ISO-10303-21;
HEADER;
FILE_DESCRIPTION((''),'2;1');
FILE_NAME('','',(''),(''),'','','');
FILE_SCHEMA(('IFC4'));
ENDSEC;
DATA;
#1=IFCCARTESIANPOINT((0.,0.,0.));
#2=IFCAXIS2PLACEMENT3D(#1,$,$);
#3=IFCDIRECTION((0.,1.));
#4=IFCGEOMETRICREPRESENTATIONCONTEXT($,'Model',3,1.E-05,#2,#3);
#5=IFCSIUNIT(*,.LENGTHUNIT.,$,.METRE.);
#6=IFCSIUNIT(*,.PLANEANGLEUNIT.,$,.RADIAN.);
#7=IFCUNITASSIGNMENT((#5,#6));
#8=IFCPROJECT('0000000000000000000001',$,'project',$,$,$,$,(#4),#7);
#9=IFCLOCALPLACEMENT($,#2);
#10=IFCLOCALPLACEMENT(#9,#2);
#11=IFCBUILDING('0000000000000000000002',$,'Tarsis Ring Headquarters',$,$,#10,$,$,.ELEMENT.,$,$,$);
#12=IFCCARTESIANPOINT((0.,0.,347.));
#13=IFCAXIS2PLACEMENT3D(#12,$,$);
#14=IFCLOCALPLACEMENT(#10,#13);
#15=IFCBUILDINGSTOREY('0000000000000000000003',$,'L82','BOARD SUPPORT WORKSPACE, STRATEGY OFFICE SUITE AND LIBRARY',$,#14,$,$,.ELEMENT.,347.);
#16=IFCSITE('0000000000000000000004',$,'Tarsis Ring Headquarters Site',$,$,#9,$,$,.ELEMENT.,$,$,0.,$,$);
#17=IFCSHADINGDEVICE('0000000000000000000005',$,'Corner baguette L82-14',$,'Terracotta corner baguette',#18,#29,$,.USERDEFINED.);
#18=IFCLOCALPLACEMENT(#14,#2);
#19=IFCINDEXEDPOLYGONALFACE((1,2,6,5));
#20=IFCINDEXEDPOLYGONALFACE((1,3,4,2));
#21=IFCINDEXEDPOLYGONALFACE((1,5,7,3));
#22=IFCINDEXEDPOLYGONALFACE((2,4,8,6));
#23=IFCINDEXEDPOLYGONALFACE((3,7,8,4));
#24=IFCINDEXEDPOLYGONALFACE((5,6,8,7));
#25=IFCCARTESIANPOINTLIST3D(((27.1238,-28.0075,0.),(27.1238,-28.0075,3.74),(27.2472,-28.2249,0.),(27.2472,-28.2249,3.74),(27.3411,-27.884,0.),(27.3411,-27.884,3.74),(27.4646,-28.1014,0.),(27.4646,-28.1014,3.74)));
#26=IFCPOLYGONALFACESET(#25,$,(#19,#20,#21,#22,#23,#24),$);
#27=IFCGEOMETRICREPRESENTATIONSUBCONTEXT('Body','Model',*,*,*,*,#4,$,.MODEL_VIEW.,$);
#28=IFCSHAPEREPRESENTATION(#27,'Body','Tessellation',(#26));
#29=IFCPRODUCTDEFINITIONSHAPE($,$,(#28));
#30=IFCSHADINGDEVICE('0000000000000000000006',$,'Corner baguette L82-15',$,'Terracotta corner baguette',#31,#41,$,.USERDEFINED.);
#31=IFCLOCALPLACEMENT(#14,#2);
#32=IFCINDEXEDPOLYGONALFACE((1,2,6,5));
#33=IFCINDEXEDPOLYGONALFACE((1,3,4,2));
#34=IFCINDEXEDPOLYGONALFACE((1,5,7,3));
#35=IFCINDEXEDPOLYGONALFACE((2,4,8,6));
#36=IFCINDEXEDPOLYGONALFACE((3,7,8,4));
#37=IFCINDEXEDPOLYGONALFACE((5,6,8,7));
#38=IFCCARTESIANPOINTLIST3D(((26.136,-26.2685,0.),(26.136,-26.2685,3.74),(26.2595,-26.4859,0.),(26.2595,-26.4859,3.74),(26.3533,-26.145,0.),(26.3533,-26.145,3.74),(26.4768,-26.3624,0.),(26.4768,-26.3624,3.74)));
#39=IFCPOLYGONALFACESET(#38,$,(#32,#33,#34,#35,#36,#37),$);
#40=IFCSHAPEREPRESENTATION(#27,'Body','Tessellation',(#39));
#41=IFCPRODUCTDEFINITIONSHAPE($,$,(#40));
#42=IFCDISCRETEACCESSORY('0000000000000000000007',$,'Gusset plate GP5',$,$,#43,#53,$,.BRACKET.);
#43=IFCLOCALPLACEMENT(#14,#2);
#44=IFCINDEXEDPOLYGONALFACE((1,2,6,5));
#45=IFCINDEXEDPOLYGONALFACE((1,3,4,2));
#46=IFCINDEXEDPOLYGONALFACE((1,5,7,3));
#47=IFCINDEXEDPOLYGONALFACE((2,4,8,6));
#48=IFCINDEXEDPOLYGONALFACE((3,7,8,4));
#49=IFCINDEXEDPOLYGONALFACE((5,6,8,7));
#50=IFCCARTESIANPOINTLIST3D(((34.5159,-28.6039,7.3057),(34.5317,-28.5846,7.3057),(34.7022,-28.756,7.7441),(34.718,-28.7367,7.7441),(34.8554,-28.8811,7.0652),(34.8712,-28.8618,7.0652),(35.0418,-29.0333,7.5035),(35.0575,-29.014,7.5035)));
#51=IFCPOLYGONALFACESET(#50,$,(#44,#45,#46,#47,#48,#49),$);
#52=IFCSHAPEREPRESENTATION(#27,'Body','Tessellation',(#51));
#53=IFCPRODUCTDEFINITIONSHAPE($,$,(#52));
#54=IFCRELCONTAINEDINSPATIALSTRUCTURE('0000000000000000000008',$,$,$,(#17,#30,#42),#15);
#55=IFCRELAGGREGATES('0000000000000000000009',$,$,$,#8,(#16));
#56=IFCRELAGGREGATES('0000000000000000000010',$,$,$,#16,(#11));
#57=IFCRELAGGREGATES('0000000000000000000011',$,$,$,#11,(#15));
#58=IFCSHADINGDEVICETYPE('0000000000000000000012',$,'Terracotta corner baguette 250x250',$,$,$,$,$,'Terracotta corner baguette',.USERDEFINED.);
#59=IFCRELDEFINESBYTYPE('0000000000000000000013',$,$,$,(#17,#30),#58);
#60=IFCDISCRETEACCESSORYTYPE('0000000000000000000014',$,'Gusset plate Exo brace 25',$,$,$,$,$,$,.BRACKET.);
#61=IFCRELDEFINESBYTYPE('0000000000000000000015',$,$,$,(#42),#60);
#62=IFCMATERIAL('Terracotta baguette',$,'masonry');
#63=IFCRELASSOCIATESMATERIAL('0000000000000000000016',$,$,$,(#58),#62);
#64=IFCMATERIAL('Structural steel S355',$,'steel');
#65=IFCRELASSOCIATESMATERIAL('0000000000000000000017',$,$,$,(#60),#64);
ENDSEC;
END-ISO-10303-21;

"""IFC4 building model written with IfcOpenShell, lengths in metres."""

from ifc_helpers import new_model, si_unit, direction, frame, origin, origin_2d, place, context, subcontext, project, spatial, rectangle, extrude, material, material_profile, profile_set, type_object, element, save


model = new_model("IFC4")

# Units and contexts
model_context = context("Model", 3, precision=1e-05, world=origin(), true_north=direction((0.0, 1.0)))
body_context = subcontext(model_context, "Body", "Model", "MODEL_VIEW")
ifc_project = project(units=[si_unit("LENGTHUNIT", "METRE"), si_unit("PLANEANGLEUNIT", "RADIAN")], contexts=[model_context])

# Site, building, storey
site_placement = place(None, origin())
site = spatial("IfcSite", under=ifc_project, at=site_placement, Name="Tarsis Ring Headquarters Site", CompositionType="ELEMENT", RefElevation=0.0)
building_placement = place(site_placement, origin())
building = spatial("IfcBuilding", under=site, at=building_placement, Name="Tarsis Ring Headquarters", CompositionType="ELEMENT")
storey_placement = place(building_placement, frame((0.0, 0.0, 347.0)))
storey = spatial("IfcBuildingStorey", under=building, at=storey_placement, Name="L82", Description="BOARD SUPPORT WORKSPACE, STRATEGY OFFICE SUITE AND LIBRARY", CompositionType="ELEMENT", Elevation=347.0)

# Shared definitions
ifc_material_1 = material(Name="Structural steel S355", Category="steel")

# Shading devices
ifc_material_2 = material(Name="Terracotta baguette", Category="masonry")
shading_device_type_1 = type_object("IfcShadingDeviceType", Name="Terracotta corner baguette 250x250", ElementType="Terracotta corner baguette", PredefinedType="USERDEFINED", material=ifc_material_2)
for number, where, z_axis, x_axis, name in (
    (1, (27.2942, -28.0544, 0.0), (0.0, 0.0, 1.0), (0.869495, 0.493942, 0.0), "Corner baguette L82-14"),
    (2, (26.3064, -26.3154, 0.0), (0.0, 0.0, 1.0), (-0.493942, 0.869495, 0.0), "Corner baguette L82-15"),
):
    element("IfcShadingDevice", number, at=place(storey_placement, frame(where, z_axis=z_axis, x_axis=x_axis)), inside=storey, type_object=shading_device_type_1, Name=name, ObjectType="Terracotta corner baguette", PredefinedType="USERDEFINED", context=body_context, shape_type="SweptSolid", body=[
        extrude(rectangle(XDim=0.25, YDim=0.25, at=origin_2d()), origin(), (0.0, 0.0, 1.0), 3.74),
    ])

# Discrete accessory
ifc_material_profile_1 = material_profile(ifc_material_1, rectangle(XDim=0.0249, YDim=0.5, at=origin_2d()), Name="PL 25x500")
ifc_profile_set_1 = profile_set([ifc_material_profile_1], Name="Structural steel S355")
discrete_accessory_type = type_object("IfcDiscreteAccessoryType", Name="Gusset plate Exo brace 25", PredefinedType="BRACKET", material=ifc_profile_set_1)
discrete_accessory_placement = place(storey_placement, frame((34.8799, -28.885, 7.6238), z_axis=(-0.372647, 0.304271, -0.876672), x_axis=(-0.632464, -0.77459, 0.0)))
element("IfcDiscreteAccessory", 3, at=discrete_accessory_placement, inside=storey, type_object=discrete_accessory_type, Name="Gusset plate GP5", PredefinedType="BRACKET", context=body_context, shape_type="SweptSolid", body=[
    extrude(rectangle(XDim=0.0249, YDim=0.5, at=origin_2d()), origin(), (0.0, 0.0, 1.0), 0.5),
])

save(model, "model.ifc")
